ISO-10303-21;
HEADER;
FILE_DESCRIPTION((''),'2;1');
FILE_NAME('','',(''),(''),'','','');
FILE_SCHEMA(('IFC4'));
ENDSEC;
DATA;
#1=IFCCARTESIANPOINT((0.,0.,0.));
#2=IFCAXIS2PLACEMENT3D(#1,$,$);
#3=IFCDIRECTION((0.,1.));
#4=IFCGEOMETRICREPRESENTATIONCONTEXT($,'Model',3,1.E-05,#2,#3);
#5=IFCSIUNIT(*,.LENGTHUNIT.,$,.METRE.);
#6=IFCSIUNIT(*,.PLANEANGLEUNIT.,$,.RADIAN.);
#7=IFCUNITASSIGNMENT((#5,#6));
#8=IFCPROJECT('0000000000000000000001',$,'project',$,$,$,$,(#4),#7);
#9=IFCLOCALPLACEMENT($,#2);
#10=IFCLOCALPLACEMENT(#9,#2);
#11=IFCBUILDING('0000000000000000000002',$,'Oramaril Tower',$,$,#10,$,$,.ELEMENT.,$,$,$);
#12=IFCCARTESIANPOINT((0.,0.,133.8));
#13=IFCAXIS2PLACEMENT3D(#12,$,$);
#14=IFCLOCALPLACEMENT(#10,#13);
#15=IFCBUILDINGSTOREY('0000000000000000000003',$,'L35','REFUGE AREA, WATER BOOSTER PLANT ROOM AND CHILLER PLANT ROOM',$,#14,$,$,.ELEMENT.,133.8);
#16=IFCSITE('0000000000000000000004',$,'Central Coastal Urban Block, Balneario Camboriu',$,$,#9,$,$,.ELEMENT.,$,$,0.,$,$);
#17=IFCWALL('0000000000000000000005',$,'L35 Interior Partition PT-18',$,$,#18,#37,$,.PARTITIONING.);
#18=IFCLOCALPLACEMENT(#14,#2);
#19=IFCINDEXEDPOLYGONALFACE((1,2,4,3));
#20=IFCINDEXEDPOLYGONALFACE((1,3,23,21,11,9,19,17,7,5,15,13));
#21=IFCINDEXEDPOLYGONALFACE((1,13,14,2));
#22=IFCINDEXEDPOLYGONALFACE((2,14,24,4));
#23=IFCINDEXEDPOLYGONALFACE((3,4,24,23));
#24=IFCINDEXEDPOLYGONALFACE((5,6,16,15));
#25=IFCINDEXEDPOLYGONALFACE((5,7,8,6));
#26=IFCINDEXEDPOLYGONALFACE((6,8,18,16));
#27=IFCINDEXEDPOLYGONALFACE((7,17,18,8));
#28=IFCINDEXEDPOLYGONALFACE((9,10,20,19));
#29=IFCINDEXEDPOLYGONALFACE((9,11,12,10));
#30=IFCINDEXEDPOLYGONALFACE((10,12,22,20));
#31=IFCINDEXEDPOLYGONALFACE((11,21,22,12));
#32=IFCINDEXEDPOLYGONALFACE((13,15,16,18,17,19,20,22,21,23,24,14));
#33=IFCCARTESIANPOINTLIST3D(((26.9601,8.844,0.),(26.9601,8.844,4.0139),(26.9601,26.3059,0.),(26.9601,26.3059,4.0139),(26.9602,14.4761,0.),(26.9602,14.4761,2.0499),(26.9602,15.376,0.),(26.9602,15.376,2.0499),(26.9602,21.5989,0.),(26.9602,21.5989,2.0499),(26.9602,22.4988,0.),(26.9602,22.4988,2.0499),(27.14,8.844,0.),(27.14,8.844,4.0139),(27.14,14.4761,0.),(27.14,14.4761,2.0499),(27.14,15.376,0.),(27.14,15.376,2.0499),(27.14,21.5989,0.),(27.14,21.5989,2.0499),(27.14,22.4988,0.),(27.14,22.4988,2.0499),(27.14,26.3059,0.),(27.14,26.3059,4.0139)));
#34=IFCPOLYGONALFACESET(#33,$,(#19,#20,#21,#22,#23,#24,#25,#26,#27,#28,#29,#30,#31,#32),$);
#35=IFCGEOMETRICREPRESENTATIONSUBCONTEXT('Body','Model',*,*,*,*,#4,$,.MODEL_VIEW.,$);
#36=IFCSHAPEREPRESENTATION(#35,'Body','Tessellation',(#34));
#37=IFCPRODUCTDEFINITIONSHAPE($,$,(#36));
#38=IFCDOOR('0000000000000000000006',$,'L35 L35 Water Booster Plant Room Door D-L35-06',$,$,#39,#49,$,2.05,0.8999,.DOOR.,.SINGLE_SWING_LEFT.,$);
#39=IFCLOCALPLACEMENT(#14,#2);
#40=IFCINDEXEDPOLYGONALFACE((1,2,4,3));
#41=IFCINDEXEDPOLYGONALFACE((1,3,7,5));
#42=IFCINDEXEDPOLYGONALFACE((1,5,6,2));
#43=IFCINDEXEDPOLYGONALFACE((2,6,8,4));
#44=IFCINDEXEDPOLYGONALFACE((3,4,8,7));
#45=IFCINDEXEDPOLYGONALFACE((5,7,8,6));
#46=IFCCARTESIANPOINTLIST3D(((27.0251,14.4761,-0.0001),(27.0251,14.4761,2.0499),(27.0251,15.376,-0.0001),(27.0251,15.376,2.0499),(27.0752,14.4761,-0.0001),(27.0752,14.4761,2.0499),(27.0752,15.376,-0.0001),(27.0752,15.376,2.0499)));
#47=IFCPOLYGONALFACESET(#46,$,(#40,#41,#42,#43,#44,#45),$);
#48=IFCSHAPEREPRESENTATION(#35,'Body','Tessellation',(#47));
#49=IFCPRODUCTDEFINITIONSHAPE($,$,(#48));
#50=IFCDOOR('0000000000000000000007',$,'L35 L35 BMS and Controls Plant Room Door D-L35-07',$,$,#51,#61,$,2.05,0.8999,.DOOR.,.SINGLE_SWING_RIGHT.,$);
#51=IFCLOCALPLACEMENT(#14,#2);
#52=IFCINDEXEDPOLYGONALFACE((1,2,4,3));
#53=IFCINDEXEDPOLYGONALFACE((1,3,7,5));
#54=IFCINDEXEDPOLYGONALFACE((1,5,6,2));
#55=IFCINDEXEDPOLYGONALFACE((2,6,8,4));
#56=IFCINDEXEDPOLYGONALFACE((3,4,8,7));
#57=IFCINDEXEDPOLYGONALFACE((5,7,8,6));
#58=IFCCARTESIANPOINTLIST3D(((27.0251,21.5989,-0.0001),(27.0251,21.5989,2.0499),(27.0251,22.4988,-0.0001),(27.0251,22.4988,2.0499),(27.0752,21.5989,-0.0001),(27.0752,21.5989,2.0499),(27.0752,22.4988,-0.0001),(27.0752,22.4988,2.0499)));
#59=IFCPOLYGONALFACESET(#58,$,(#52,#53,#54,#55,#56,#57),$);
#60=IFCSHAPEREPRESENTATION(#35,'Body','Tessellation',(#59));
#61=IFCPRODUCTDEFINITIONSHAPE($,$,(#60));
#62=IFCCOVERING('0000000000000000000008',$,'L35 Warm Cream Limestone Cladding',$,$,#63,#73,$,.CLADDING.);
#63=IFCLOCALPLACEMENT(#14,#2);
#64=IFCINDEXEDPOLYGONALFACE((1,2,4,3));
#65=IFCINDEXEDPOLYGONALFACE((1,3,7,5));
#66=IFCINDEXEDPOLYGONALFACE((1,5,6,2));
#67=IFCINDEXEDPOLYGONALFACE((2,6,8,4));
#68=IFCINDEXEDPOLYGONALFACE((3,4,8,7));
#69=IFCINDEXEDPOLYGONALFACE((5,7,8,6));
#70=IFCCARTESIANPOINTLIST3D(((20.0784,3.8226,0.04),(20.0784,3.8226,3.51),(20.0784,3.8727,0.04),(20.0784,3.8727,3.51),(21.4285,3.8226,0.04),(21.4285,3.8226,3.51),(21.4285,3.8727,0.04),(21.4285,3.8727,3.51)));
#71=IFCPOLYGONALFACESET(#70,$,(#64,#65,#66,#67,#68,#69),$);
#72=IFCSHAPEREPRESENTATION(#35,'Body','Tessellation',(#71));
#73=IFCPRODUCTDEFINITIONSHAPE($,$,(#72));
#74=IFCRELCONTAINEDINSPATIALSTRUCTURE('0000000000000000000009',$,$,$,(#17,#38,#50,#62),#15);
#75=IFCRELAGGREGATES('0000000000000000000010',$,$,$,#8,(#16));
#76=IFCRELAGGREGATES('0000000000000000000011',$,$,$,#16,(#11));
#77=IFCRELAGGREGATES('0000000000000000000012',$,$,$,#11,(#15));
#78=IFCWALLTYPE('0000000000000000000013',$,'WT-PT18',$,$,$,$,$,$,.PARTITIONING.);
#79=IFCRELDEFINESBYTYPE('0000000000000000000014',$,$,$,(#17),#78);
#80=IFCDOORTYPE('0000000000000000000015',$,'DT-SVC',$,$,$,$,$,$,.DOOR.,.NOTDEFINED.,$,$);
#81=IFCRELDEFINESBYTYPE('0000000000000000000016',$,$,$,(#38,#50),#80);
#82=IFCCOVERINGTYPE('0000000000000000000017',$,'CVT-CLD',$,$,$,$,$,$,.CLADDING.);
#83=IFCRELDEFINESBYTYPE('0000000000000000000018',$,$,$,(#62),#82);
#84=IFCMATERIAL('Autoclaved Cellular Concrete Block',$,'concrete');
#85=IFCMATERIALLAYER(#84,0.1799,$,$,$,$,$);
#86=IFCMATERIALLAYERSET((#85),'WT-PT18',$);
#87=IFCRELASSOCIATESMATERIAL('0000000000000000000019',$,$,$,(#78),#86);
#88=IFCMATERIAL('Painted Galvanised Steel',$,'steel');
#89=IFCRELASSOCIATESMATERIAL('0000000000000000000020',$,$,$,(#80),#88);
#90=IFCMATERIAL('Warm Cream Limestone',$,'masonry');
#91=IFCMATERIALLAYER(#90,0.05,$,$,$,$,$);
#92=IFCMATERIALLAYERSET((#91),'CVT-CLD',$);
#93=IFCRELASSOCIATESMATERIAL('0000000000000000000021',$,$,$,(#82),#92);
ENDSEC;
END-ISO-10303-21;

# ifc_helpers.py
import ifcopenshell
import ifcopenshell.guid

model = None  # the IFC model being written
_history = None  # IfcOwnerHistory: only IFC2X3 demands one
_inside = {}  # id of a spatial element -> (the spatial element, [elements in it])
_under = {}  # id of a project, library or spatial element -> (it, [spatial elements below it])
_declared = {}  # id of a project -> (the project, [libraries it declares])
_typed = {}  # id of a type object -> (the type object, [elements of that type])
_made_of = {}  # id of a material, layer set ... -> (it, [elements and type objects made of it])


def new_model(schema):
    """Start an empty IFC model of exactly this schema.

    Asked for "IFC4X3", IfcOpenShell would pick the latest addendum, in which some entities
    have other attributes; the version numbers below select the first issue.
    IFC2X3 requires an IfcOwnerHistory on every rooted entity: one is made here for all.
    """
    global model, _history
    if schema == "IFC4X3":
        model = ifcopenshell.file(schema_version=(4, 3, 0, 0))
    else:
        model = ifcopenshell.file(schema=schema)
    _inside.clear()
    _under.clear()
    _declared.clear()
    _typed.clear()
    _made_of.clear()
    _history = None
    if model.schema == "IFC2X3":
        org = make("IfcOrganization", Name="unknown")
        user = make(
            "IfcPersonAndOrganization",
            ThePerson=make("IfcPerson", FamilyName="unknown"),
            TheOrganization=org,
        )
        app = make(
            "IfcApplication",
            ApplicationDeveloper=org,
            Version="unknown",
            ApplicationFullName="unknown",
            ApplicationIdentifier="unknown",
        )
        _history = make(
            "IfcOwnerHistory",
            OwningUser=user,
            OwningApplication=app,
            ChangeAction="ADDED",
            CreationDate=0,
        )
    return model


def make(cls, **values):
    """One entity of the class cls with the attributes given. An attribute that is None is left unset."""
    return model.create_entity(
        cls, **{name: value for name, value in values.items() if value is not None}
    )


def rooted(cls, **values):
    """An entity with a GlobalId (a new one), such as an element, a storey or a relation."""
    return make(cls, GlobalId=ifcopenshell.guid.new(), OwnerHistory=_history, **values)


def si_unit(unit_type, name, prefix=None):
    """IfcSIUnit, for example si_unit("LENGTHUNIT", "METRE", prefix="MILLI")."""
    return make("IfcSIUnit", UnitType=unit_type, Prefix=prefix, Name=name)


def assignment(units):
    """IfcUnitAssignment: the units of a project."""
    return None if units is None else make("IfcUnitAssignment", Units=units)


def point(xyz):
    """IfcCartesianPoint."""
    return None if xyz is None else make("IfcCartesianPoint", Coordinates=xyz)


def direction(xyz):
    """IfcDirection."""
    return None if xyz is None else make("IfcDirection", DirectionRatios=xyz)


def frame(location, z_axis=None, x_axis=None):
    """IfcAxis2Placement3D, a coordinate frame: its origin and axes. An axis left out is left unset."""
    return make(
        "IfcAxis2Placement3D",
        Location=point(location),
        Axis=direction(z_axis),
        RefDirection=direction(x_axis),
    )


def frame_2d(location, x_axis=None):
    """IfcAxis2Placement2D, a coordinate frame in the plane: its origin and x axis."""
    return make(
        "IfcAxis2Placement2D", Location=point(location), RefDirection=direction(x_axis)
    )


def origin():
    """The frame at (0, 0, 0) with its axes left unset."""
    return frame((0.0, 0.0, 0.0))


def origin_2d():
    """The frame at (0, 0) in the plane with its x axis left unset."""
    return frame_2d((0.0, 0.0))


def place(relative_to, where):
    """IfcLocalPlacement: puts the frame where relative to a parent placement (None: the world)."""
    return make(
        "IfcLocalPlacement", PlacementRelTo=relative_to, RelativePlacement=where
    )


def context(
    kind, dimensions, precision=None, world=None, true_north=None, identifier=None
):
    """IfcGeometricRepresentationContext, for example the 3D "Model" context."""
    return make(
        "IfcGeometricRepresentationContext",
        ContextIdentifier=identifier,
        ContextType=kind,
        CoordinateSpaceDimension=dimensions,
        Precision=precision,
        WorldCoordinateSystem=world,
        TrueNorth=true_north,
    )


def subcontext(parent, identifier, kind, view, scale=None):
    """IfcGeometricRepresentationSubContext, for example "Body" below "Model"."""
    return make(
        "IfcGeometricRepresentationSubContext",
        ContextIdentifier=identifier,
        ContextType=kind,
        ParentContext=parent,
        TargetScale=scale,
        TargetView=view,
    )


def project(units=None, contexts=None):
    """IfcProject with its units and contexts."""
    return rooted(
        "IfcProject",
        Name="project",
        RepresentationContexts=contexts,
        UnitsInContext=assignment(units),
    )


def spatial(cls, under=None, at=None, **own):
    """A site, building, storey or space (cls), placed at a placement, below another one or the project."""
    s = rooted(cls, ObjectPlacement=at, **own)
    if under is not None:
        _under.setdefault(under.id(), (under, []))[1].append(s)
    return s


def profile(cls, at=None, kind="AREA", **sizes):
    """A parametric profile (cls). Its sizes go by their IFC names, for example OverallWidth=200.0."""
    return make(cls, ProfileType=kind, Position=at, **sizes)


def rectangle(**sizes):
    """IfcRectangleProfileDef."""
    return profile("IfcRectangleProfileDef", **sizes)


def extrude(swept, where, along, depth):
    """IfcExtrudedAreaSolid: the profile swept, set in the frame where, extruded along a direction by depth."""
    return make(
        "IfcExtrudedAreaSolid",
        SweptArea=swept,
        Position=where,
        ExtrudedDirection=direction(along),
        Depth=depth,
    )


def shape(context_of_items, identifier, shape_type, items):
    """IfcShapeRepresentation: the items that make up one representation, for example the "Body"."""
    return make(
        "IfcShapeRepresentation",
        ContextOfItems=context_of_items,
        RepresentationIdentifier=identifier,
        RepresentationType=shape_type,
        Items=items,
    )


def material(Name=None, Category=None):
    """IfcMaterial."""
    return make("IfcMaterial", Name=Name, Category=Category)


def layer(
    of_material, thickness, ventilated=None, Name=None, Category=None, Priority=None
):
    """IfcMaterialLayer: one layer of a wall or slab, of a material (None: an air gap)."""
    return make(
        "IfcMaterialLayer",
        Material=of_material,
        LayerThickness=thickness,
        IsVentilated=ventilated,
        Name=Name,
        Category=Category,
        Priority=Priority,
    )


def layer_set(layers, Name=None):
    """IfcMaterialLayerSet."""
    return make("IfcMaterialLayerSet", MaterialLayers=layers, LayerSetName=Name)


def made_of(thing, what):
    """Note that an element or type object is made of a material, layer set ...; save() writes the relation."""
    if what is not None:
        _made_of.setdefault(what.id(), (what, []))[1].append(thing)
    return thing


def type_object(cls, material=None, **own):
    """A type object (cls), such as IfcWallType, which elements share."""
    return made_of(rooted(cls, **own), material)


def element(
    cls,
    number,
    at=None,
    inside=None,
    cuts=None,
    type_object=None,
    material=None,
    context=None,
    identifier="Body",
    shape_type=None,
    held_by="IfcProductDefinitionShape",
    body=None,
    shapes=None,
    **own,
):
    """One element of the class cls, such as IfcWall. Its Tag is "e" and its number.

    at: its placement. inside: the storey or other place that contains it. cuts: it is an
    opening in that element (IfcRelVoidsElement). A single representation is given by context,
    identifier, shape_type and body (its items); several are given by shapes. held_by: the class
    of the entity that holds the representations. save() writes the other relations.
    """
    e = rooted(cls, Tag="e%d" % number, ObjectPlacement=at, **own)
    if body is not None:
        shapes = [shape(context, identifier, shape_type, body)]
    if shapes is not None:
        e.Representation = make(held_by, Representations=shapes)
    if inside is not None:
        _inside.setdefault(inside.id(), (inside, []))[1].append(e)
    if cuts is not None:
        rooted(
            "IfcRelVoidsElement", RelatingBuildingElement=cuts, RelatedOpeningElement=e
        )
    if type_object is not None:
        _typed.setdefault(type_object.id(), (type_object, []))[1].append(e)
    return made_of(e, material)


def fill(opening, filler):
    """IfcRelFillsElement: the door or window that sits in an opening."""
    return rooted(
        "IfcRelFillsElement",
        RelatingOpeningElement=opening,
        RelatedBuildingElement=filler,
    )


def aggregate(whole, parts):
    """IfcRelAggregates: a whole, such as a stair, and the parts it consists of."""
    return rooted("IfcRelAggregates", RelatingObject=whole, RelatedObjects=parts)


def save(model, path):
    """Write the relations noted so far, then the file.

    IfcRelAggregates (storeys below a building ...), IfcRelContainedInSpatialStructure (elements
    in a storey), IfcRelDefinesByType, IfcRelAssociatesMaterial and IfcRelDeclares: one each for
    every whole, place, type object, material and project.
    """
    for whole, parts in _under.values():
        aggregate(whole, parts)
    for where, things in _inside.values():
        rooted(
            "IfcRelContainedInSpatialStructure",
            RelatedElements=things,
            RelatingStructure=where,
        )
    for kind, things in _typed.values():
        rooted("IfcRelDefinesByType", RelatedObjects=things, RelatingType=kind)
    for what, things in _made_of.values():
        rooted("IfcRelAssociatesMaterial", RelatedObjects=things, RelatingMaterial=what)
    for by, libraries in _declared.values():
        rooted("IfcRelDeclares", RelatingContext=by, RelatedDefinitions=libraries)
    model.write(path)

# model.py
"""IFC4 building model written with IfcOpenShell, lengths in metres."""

from ifc_helpers import new_model, si_unit, direction, frame, frame_2d, origin, origin_2d, place, context, subcontext, project, spatial, rectangle, extrude, material, layer, layer_set, type_object, element, fill, save


model = new_model("IFC4")

# Units and contexts
model_context = context("Model", 3, precision=1e-05, world=origin(), true_north=direction((0.0, 1.0)))
body_context = subcontext(model_context, "Body", "Model", "MODEL_VIEW")
ifc_project = project(units=[si_unit("LENGTHUNIT", "METRE"), si_unit("PLANEANGLEUNIT", "RADIAN")], contexts=[model_context])

# Site, building, storey
site_placement = place(None, origin())
site = spatial("IfcSite", under=ifc_project, at=site_placement, Name="Central Coastal Urban Block, Balneario Camboriu", CompositionType="ELEMENT", RefElevation=0.0)
building_placement = place(site_placement, origin())
building = spatial("IfcBuilding", under=site, at=building_placement, Name="Oramaril Tower", CompositionType="ELEMENT")
storey_placement = place(building_placement, frame((0.0, 0.0, 133.8)))
storey = spatial("IfcBuildingStorey", under=building, at=storey_placement, Name="L35", Description="REFUGE AREA, WATER BOOSTER PLANT ROOM AND CHILLER PLANT ROOM", CompositionType="ELEMENT", Elevation=133.8)

# Wall, openings, doors
ifc_material_1 = material(Name="Autoclaved Cellular Concrete Block", Category="concrete")
ifc_layer_1 = layer(ifc_material_1, 0.1799)
ifc_layer_set_1 = layer_set([ifc_layer_1], Name="WT-PT18")
wall_type_1 = type_object("IfcWallType", Name="WT-PT18", PredefinedType="PARTITIONING", material=ifc_layer_set_1)
wall_1_placement = place(storey_placement, frame((27.05, 8.844, 0.0), z_axis=(0.0, 0.0, 1.0), x_axis=(0.0, 1.0, 0.0)))
wall_1 = element("IfcWall", 1, at=wall_1_placement, inside=storey, type_object=wall_type_1, Name="L35 Interior Partition PT-18", PredefinedType="PARTITIONING", context=body_context, shape_type="SweptSolid", body=[
    extrude(rectangle(XDim=17.4619, YDim=0.1799, at=frame_2d((8.731, 0.0))), origin(), (0.0, 0.0, 1.0), 4.0139),
])
opening_1_placement = place(wall_1_placement, frame((5.6321, 0.0, 0.0)))
opening_1 = element("IfcOpeningElement", 2, at=opening_1_placement, cuts=wall_1, PredefinedType="OPENING", context=body_context, shape_type="SweptSolid", body=[
    extrude(rectangle(XDim=0.8999, YDim=2.05, at=frame_2d((0.45, 1.0249))), frame((0.0, 0.0898, 0.0), z_axis=(0.0, -1.0, 0.0), x_axis=(1.0, 0.0, 0.0)), (0.0, 0.0, 1.0), 0.1799),
])
opening_2_placement = place(wall_1_placement, frame((12.7549, 0.0, 0.0)))
opening_2 = element("IfcOpeningElement", 3, at=opening_2_placement, cuts=wall_1, PredefinedType="OPENING", context=body_context, shape_type="SweptSolid", body=[
    extrude(rectangle(XDim=0.8999, YDim=2.05, at=frame_2d((0.45, 1.0249))), frame((0.0, 0.0898, 0.0), z_axis=(0.0, -1.0, 0.0), x_axis=(1.0, 0.0, 0.0)), (0.0, 0.0, 1.0), 0.1799),
])
ifc_material_2 = material(Name="Painted Galvanised Steel", Category="steel")
door_type = type_object("IfcDoorType", Name="DT-SVC", OperationType="NOTDEFINED", PredefinedType="DOOR", material=ifc_material_2)
door_1_placement = place(opening_1_placement, origin())
door_1 = element("IfcDoor", 4, at=door_1_placement, inside=storey, type_object=door_type, Name="L35 L35 Water Booster Plant Room Door D-L35-06", OperationType="SINGLE_SWING_LEFT", OverallHeight=2.05, OverallWidth=0.8999, PredefinedType="DOOR", context=body_context, shape_type="SweptSolid", body=[
    extrude(rectangle(XDim=0.8999, YDim=2.05, at=frame_2d((0.45, 1.0249))), frame((0.0, 0.0249, 0.0), z_axis=(0.0, -1.0, 0.0), x_axis=(1.0, 0.0, 0.0)), (0.0, 0.0, 1.0), 0.05),
])
fill(opening_1, door_1)
door_2_placement = place(opening_2_placement, origin())
door_2 = element("IfcDoor", 5, at=door_2_placement, inside=storey, type_object=door_type, Name="L35 L35 BMS and Controls Plant Room Door D-L35-07", OperationType="SINGLE_SWING_RIGHT", OverallHeight=2.05, OverallWidth=0.8999, PredefinedType="DOOR", context=body_context, shape_type="SweptSolid", body=[
    extrude(rectangle(XDim=0.8999, YDim=2.05, at=frame_2d((0.45, 1.0249))), frame((0.0, 0.0249, 0.0), z_axis=(0.0, -1.0, 0.0), x_axis=(1.0, 0.0, 0.0)), (0.0, 0.0, 1.0), 0.05),
])
fill(opening_2, door_2)

# Covering
ifc_material_3 = material(Name="Warm Cream Limestone", Category="masonry")
ifc_layer_2 = layer(ifc_material_3, 0.05)
ifc_layer_set_2 = layer_set([ifc_layer_2], Name="CVT-CLD")
covering_type = type_object("IfcCoveringType", Name="CVT-CLD", PredefinedType="CLADDING", material=ifc_layer_set_2)
covering_placement = place(storey_placement, frame((20.7534, 3.8477, 0.04), z_axis=(0.0, 0.0, 1.0), x_axis=(1.0, 0.0, 0.0)))
element("IfcCovering", 6, at=covering_placement, inside=storey, type_object=covering_type, Name="L35 Warm Cream Limestone Cladding", PredefinedType="CLADDING", context=body_context, shape_type="SweptSolid", body=[
    extrude(rectangle(XDim=1.3501, YDim=0.05, at=origin_2d()), origin(), (0.0, 0.0, 1.0), 3.47),
])

save(model, "model.ifc")
